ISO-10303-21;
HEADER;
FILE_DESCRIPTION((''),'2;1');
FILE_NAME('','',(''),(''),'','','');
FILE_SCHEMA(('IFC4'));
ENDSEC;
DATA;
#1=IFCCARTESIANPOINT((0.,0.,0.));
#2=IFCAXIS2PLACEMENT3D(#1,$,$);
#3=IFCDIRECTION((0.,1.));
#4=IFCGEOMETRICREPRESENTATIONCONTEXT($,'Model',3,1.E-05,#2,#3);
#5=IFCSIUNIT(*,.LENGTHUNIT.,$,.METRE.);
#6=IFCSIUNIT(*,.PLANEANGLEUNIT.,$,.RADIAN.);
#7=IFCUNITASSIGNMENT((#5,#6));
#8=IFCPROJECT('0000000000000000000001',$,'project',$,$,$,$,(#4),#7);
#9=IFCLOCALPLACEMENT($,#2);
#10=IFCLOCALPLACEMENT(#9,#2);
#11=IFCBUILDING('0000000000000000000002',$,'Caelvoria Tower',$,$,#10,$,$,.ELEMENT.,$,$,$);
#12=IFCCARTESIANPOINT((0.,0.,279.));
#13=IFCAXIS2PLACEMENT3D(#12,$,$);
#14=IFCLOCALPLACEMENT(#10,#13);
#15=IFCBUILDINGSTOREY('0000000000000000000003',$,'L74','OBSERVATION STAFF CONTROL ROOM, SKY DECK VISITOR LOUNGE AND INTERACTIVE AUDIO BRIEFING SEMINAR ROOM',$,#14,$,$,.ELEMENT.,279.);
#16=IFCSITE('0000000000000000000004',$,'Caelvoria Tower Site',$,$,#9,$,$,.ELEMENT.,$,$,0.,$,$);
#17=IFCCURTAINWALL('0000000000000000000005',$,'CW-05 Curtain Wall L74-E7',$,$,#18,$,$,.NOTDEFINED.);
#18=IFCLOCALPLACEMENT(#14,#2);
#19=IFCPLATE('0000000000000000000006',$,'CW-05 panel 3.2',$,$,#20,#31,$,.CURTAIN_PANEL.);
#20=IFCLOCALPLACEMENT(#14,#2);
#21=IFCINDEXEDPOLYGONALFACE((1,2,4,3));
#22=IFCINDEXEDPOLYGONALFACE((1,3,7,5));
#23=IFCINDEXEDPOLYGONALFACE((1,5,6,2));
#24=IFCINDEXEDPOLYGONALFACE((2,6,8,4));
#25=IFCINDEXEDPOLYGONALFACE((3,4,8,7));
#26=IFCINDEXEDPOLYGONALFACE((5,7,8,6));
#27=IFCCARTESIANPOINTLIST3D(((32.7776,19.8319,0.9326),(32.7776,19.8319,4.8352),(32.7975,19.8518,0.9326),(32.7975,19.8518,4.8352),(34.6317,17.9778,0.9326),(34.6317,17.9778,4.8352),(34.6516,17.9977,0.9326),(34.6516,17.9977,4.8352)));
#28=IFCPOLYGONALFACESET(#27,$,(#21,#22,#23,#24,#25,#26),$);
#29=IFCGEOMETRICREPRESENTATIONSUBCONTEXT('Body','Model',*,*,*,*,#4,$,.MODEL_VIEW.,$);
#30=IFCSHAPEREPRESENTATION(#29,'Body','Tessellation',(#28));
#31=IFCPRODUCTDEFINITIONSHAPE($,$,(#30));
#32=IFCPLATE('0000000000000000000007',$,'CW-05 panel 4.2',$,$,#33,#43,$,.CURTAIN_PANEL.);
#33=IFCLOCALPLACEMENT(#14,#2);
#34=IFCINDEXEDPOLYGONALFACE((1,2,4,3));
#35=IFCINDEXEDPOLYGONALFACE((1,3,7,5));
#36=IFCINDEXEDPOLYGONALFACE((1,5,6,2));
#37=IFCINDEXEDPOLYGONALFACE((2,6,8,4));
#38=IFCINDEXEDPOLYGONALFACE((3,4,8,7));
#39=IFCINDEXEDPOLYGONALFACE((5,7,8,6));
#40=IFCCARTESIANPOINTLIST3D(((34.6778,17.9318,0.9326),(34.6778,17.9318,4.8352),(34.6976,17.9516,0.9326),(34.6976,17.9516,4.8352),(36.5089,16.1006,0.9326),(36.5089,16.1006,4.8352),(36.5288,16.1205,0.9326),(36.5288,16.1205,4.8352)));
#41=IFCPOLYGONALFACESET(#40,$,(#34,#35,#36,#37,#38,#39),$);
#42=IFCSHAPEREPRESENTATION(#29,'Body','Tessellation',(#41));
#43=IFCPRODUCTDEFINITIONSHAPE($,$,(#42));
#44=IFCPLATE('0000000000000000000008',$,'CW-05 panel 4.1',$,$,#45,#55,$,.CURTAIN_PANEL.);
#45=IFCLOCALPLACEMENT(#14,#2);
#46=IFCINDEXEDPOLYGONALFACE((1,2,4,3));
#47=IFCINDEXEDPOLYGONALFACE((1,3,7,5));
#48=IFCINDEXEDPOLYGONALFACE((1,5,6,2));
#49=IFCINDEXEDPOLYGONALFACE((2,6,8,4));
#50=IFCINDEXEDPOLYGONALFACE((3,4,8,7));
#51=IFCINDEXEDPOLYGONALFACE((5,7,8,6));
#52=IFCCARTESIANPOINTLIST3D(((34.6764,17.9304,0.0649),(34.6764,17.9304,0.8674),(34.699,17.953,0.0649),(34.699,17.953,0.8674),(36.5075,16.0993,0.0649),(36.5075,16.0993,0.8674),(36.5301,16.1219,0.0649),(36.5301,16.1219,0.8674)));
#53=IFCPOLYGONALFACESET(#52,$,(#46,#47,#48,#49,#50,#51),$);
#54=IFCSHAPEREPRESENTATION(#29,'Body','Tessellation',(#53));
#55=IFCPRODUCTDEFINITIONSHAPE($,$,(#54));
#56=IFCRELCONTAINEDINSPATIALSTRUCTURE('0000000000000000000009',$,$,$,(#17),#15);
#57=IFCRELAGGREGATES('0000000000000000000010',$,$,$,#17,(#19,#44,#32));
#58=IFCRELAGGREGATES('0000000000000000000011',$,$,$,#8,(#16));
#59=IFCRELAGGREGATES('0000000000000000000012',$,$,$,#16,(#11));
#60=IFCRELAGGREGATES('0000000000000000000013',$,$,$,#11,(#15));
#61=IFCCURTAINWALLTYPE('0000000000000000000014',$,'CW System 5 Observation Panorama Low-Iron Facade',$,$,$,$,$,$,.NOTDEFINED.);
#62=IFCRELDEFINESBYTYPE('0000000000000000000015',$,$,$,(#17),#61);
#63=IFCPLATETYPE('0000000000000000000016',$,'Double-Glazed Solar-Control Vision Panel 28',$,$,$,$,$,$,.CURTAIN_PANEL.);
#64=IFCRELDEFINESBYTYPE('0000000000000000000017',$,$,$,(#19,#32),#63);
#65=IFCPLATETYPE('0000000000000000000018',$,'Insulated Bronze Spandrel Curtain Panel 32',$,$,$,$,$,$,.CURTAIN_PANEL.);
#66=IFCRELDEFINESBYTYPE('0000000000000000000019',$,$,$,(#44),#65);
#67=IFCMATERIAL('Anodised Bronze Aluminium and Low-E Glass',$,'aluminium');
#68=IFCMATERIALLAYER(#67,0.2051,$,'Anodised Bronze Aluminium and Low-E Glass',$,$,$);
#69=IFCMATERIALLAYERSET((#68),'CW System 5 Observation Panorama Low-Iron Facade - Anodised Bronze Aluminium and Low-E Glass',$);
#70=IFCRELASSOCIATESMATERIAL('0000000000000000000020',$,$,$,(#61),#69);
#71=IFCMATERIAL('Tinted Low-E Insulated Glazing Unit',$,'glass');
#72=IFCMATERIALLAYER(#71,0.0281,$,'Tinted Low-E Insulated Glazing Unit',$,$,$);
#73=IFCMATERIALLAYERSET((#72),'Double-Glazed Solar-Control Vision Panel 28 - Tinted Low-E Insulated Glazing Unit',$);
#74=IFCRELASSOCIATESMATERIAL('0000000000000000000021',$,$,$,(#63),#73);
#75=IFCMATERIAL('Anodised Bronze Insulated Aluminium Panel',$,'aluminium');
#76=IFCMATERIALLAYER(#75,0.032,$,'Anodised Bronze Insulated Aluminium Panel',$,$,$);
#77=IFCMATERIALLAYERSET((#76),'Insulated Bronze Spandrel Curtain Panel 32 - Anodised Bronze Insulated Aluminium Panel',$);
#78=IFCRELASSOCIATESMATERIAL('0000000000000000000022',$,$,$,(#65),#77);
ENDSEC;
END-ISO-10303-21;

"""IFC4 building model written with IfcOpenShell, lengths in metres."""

from ifc_helpers import new_model, si_unit, direction, frame, origin, origin_2d, place, context, subcontext, project, spatial, rectangle, extrude, material, layer, layer_set, type_object, element, aggregate, save


model = new_model("IFC4")

# Units and contexts
model_context = context("Model", 3, precision=1e-05, world=origin(), true_north=direction((0.0, 1.0)))
body_context = subcontext(model_context, "Body", "Model", "MODEL_VIEW")
ifc_project = project(units=[si_unit("LENGTHUNIT", "METRE"), si_unit("PLANEANGLEUNIT", "RADIAN")], contexts=[model_context])

# Site, building, storey
site_placement = place(None, origin())
site = spatial("IfcSite", under=ifc_project, at=site_placement, Name="Caelvoria Tower Site", CompositionType="ELEMENT", RefElevation=0.0)
building_placement = place(site_placement, origin())
building = spatial("IfcBuilding", under=site, at=building_placement, Name="Caelvoria Tower", CompositionType="ELEMENT")
storey_placement = place(building_placement, frame((0.0, 0.0, 279.0)))
storey = spatial("IfcBuildingStorey", under=building, at=storey_placement, Name="L74", Description="OBSERVATION STAFF CONTROL ROOM, SKY DECK VISITOR LOUNGE AND INTERACTIVE AUDIO BRIEFING SEMINAR ROOM", CompositionType="ELEMENT", Elevation=279.0)

# Curtain wall
ifc_material_1 = material(Name="Anodised Bronze Aluminium and Low-E Glass", Category="aluminium")
ifc_layer_1 = layer(ifc_material_1, 0.2051, Name="Anodised Bronze Aluminium and Low-E Glass")
ifc_layer_set_1 = layer_set([ifc_layer_1], Name="CW System 5 Observation Panorama Low-Iron Facade - Anodised Bronze Aluminium and Low-E Glass")
curtain_wall_type = type_object("IfcCurtainWallType", Name="CW System 5 Observation Panorama Low-Iron Facade", PredefinedType="NOTDEFINED", material=ifc_layer_set_1)
curtain_wall_1_placement = place(storey_placement, origin())
curtain_wall_1 = element("IfcCurtainWall", 1, at=curtain_wall_1_placement, inside=storey, type_object=curtain_wall_type, Name="CW-05 Curtain Wall L74-E7", PredefinedType="NOTDEFINED")

# Plates
ifc_material_2 = material(Name="Tinted Low-E Insulated Glazing Unit", Category="glass")
ifc_layer_2 = layer(ifc_material_2, 0.0281, Name="Tinted Low-E Insulated Glazing Unit")
ifc_layer_set_2 = layer_set([ifc_layer_2], Name="Double-Glazed Solar-Control Vision Panel 28 - Tinted Low-E Insulated Glazing Unit")
plate_type_1 = type_object("IfcPlateType", Name="Double-Glazed Solar-Control Vision Panel 28", PredefinedType="CURTAIN_PANEL", material=ifc_layer_set_2)
plate_1_placement = place(storey_placement, frame((33.7146, 18.9148, 0.9326), z_axis=(0.0, 0.0, 1.0), x_axis=(0.707107, -0.707107, 0.0)))
plate_1 = element("IfcPlate", 2, at=plate_1_placement, type_object=plate_type_1, Name="CW-05 panel 3.2", PredefinedType="CURTAIN_PANEL", context=body_context, shape_type="SweptSolid", body=[
    extrude(rectangle(XDim=2.6221, YDim=0.0281, at=origin_2d()), origin(), (0.0, 0.0, 1.0), 3.9026),
])
plate_2_placement = place(storey_placement, frame((35.6033, 17.0261, 0.9326), z_axis=(0.0, 0.0, 1.0), x_axis=(0.707107, -0.707107, 0.0)))
plate_2 = element("IfcPlate", 3, at=plate_2_placement, type_object=plate_type_1, Name="CW-05 panel 4.2", PredefinedType="CURTAIN_PANEL", context=body_context, shape_type="SweptSolid", body=[
    extrude(rectangle(XDim=2.5896, YDim=0.0281, at=origin_2d()), origin(), (0.0, 0.0, 1.0), 3.9026),
])
ifc_material_3 = material(Name="Anodised Bronze Insulated Aluminium Panel", Category="aluminium")
ifc_layer_3 = layer(ifc_material_3, 0.032, Name="Anodised Bronze Insulated Aluminium Panel")
ifc_layer_set_3 = layer_set([ifc_layer_3], Name="Insulated Bronze Spandrel Curtain Panel 32 - Anodised Bronze Insulated Aluminium Panel")
plate_type_2 = type_object("IfcPlateType", Name="Insulated Bronze Spandrel Curtain Panel 32", PredefinedType="CURTAIN_PANEL", material=ifc_layer_set_3)
plate_3_placement = place(storey_placement, frame((35.6033, 17.0261, 0.0649), z_axis=(0.0, 0.0, 1.0), x_axis=(0.707107, -0.707107, 0.0)))
plate_3 = element("IfcPlate", 4, at=plate_3_placement, type_object=plate_type_2, Name="CW-05 panel 4.1", PredefinedType="CURTAIN_PANEL", context=body_context, shape_type="SweptSolid", body=[
    extrude(rectangle(XDim=2.5896, YDim=0.032, at=origin_2d()), origin(), (0.0, 0.0, 1.0), 0.8025),
])
aggregate(curtain_wall_1, [plate_1, plate_3, plate_2])

save(model, "model.ifc")
